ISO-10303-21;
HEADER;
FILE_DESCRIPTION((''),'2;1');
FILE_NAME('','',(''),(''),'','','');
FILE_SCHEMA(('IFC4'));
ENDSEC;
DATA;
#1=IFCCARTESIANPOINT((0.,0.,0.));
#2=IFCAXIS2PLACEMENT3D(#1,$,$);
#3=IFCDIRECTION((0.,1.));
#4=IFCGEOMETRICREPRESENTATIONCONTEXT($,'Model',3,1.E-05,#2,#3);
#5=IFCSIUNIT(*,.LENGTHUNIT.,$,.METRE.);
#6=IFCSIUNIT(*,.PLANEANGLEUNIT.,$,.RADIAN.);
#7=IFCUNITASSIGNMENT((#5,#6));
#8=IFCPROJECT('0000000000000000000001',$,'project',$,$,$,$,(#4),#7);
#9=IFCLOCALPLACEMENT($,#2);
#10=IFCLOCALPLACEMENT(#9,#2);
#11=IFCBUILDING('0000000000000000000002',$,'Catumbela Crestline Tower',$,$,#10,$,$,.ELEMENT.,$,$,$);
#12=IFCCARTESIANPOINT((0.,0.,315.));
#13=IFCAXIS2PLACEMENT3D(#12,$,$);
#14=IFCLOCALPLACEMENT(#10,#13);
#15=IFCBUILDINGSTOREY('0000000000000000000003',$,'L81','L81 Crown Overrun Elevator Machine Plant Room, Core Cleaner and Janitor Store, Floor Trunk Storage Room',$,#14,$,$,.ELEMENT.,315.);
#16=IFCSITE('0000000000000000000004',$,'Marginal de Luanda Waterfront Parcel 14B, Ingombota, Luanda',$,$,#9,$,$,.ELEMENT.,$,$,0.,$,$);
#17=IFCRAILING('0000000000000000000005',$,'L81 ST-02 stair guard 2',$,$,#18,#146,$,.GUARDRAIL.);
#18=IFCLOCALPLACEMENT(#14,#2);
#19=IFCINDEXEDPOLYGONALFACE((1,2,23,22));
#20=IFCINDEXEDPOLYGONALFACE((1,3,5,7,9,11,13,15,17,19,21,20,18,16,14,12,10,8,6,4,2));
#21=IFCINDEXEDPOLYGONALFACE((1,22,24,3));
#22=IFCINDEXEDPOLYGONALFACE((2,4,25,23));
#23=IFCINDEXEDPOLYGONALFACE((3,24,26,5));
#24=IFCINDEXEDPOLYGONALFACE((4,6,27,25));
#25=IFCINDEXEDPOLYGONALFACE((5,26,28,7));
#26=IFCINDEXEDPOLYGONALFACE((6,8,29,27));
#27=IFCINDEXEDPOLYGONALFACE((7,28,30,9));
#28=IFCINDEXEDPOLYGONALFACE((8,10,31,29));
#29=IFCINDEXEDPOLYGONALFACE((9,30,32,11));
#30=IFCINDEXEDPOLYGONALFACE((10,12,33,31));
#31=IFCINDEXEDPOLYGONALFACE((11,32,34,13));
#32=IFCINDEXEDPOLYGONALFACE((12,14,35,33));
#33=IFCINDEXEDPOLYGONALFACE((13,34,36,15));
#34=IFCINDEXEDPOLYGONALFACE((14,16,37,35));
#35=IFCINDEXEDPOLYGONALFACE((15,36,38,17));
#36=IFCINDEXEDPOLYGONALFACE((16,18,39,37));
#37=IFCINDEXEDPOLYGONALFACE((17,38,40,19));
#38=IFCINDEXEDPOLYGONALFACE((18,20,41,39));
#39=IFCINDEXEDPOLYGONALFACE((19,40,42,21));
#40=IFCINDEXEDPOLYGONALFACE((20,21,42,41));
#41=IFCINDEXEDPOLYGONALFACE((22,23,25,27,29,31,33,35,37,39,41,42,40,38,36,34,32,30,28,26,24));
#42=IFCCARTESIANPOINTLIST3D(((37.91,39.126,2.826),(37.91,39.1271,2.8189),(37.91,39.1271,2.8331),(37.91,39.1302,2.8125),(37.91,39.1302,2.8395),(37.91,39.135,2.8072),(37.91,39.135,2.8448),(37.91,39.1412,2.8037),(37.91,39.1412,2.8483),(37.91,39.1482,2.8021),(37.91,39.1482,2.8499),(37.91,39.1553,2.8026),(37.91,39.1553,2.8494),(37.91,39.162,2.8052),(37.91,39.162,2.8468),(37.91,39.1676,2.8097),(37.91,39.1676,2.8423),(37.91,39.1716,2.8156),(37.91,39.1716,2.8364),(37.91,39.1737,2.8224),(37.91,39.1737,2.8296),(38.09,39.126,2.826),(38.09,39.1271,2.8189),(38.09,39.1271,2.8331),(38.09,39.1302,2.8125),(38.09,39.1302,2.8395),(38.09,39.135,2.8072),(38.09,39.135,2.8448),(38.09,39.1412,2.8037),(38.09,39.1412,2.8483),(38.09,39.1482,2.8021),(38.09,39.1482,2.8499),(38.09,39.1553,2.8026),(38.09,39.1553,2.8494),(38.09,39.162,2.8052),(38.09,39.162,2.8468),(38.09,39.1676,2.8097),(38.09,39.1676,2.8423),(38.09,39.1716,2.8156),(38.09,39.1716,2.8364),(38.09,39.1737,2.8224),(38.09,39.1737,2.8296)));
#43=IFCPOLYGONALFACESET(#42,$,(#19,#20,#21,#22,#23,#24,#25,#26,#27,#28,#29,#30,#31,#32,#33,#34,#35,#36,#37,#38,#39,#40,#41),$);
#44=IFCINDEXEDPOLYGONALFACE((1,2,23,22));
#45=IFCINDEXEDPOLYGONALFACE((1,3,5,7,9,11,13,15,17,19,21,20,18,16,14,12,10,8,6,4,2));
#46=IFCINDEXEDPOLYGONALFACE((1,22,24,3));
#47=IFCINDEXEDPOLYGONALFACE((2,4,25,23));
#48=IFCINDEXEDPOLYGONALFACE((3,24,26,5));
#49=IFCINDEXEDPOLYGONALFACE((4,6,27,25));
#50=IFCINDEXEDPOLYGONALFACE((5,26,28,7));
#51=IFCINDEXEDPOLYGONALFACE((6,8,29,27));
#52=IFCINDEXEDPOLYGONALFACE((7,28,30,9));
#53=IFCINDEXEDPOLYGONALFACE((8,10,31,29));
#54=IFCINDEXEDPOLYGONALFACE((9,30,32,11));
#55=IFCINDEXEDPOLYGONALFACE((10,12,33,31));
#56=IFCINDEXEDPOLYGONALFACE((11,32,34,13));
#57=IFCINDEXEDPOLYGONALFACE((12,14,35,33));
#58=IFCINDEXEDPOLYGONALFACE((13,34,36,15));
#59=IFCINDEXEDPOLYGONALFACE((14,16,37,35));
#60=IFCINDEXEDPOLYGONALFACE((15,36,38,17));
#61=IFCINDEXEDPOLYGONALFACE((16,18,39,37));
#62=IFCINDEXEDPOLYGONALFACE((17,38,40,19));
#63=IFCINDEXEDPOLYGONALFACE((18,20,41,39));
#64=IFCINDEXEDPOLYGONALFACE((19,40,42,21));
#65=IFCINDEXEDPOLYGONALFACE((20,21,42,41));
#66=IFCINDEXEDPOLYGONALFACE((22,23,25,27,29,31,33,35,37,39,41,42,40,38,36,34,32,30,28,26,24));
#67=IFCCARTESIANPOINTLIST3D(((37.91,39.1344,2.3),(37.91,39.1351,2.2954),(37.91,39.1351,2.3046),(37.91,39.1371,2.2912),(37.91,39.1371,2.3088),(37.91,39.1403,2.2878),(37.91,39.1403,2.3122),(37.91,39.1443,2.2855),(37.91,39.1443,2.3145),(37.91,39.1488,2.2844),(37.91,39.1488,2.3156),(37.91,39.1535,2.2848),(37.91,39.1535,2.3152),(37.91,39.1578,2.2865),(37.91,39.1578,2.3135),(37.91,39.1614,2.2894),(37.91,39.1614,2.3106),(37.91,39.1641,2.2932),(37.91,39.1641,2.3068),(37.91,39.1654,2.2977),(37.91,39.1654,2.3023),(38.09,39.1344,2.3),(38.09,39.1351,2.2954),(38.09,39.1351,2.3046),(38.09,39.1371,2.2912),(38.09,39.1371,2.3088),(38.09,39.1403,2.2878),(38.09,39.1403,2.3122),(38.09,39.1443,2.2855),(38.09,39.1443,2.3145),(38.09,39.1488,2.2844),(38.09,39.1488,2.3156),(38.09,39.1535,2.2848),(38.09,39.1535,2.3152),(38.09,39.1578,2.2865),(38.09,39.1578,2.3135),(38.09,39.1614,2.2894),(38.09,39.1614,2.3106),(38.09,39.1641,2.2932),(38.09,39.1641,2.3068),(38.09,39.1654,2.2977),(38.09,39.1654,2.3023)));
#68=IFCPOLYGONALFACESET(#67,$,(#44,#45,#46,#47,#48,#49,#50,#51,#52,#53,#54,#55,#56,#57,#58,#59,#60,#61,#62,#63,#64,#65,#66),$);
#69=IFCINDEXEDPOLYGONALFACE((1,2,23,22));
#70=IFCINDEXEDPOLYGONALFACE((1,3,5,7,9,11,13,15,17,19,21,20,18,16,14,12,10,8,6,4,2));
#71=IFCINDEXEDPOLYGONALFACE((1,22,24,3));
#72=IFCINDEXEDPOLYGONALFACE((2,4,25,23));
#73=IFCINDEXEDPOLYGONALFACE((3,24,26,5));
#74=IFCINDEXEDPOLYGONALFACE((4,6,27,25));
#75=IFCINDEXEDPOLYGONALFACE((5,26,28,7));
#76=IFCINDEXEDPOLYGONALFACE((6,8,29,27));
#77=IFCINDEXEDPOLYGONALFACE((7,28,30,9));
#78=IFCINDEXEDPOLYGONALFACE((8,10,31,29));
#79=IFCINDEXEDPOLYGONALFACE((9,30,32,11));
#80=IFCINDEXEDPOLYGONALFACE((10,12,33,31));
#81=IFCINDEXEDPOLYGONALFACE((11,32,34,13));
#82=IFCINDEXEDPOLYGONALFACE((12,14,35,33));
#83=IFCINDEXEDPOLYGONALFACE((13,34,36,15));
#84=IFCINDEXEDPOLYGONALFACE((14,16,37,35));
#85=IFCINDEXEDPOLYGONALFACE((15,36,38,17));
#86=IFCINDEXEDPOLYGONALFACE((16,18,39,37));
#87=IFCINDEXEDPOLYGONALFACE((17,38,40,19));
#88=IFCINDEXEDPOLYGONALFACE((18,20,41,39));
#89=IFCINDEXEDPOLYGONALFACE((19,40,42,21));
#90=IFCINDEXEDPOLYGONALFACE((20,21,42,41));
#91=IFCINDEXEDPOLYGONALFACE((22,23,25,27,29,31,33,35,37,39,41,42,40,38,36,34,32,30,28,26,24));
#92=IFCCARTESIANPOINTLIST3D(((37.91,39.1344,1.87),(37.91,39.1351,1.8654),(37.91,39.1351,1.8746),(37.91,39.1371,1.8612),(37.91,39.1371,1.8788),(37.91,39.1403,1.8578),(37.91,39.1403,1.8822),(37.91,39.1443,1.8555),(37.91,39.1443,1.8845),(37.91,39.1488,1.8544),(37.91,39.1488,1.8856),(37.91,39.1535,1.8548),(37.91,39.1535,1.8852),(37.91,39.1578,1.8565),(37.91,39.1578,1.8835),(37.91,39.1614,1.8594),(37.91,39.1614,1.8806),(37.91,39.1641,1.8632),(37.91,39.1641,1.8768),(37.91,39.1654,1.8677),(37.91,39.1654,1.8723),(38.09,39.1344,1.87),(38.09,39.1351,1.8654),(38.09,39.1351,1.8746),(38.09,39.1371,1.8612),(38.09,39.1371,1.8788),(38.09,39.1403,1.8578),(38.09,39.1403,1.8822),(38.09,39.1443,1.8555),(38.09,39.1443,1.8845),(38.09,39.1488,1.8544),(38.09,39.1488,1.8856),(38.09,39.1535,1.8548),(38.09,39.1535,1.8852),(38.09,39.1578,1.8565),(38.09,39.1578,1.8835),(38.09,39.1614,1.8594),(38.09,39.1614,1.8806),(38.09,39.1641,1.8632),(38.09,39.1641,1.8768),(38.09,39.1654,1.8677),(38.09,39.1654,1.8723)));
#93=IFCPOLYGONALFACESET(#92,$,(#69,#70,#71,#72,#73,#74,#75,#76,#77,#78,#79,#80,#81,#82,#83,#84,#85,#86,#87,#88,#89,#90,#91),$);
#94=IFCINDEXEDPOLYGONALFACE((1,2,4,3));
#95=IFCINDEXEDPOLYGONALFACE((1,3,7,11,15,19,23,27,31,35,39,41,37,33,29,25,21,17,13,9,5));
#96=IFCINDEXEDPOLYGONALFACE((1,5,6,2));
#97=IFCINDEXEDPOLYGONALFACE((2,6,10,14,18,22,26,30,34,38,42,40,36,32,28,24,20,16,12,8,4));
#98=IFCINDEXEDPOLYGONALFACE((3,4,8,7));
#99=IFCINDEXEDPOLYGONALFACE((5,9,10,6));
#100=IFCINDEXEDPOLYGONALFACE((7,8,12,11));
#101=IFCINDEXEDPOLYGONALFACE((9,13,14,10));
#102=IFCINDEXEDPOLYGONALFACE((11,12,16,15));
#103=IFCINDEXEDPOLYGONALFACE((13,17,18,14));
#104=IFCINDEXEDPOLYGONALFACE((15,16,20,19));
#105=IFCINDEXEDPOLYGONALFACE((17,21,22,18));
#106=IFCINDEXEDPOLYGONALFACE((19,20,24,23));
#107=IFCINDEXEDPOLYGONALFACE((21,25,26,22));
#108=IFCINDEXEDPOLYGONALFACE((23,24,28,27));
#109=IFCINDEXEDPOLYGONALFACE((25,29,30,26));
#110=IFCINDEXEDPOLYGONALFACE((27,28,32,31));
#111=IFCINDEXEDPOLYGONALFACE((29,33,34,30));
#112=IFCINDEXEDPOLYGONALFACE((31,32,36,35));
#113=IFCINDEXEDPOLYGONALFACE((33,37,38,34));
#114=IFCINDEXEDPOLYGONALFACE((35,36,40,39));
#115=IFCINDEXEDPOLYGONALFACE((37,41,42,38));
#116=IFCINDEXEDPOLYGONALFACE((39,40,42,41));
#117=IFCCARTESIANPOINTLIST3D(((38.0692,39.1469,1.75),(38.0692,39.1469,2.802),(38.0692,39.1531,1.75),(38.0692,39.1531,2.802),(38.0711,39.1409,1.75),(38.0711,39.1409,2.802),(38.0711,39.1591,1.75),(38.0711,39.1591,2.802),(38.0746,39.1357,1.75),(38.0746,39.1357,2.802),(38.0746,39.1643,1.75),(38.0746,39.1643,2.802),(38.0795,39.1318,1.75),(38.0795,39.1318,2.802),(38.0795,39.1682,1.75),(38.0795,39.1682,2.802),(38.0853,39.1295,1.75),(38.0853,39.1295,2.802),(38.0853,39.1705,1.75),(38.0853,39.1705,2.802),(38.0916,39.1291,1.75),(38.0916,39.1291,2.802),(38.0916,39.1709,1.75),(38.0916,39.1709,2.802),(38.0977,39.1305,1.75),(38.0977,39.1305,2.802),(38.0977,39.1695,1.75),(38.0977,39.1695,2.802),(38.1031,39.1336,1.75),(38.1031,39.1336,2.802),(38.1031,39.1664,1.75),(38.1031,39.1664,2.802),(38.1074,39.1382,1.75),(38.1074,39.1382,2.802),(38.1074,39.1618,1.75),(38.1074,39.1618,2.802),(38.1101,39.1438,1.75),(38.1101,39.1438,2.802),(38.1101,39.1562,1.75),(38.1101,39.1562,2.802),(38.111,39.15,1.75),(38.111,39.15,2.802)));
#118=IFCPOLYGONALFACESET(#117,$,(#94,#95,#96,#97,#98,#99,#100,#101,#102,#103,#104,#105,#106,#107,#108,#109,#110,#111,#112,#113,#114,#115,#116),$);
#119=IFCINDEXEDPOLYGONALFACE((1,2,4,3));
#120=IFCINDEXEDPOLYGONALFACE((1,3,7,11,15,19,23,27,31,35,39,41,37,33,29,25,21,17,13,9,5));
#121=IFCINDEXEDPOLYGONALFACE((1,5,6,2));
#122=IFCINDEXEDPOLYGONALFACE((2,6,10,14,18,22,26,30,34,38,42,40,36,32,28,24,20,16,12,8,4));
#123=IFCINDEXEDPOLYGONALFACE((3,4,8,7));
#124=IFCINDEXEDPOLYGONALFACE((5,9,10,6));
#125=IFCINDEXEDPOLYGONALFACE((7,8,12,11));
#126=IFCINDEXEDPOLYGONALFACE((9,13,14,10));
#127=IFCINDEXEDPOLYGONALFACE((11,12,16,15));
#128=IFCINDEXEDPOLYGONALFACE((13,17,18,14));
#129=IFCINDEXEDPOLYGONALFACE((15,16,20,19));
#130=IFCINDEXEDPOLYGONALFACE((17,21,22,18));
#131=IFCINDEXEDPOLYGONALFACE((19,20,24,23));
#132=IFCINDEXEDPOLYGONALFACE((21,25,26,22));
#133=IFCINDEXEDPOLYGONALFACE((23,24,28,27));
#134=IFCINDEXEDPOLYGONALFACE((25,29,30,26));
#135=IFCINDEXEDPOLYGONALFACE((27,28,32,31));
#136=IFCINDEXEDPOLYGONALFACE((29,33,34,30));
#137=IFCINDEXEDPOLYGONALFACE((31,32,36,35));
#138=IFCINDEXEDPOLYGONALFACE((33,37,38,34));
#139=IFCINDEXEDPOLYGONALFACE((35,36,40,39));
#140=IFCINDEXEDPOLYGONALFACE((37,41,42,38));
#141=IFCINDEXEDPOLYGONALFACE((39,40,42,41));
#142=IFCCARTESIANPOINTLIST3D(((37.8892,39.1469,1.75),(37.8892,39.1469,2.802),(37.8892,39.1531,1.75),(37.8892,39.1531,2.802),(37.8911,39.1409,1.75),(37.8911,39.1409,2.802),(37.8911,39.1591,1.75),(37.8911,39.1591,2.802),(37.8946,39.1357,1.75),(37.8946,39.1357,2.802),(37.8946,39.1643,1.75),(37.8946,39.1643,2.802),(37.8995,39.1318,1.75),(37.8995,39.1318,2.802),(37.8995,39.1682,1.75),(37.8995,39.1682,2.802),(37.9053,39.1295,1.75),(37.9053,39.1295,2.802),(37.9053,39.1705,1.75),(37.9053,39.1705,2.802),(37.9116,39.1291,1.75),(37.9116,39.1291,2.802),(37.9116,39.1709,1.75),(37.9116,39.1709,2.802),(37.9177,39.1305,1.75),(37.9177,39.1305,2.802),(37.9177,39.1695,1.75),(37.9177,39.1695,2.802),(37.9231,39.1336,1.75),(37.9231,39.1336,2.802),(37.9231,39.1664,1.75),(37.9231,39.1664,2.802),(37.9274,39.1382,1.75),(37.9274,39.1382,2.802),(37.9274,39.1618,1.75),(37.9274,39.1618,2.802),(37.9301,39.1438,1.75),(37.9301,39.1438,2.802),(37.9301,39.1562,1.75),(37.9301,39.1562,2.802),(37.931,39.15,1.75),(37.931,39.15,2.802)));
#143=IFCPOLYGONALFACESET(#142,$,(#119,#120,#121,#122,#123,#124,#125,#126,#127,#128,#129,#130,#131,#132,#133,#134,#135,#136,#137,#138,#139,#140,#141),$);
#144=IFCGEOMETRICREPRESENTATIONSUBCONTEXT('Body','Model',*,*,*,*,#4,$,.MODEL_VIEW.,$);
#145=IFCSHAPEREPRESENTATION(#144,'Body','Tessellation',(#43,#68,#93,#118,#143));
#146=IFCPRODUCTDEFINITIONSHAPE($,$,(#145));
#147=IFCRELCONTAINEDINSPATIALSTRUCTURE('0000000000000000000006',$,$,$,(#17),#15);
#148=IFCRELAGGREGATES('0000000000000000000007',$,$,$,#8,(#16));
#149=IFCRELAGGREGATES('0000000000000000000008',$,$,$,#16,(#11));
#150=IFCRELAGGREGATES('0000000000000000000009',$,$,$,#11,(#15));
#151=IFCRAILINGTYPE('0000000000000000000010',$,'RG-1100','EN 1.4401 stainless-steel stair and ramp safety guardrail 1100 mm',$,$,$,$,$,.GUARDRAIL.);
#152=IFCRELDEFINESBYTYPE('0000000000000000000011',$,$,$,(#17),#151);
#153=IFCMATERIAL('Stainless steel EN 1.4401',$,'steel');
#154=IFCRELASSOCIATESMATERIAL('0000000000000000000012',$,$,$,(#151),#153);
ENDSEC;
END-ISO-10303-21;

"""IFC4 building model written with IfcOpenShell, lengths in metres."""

from ifc_helpers import new_model, si_unit, direction, frame, origin, origin_2d, place, context, subcontext, project, spatial, circle, extrude, material, type_object, element, save


model = new_model("IFC4")

# Units and contexts
model_context = context("Model", 3, precision=1e-05, world=origin(), true_north=direction((0.0, 1.0)))
body_context = subcontext(model_context, "Body", "Model", "MODEL_VIEW")
ifc_project = project(units=[si_unit("LENGTHUNIT", "METRE"), si_unit("PLANEANGLEUNIT", "RADIAN")], contexts=[model_context])

# Site, building, storey
site_placement = place(None, origin())
site = spatial("IfcSite", under=ifc_project, at=site_placement, Name="Marginal de Luanda Waterfront Parcel 14B, Ingombota, Luanda", CompositionType="ELEMENT", RefElevation=0.0)
building_placement = place(site_placement, origin())
building = spatial("IfcBuilding", under=site, at=building_placement, Name="Catumbela Crestline Tower", CompositionType="ELEMENT")
storey_placement = place(building_placement, frame((0.0, 0.0, 315.0)))
storey = spatial("IfcBuildingStorey", under=building, at=storey_placement, Name="L81", Description="L81 Crown Overrun Elevator Machine Plant Room, Core Cleaner and Janitor Store, Floor Trunk Storage Room", CompositionType="ELEMENT", Elevation=315.0)

# Railing
ifc_material_1 = material(Name="Stainless steel EN 1.4401", Category="steel")
railing_type_1 = type_object("IfcRailingType", Name="RG-1100", Description="EN 1.4401 stainless-steel stair and ramp safety guardrail 1100 mm", PredefinedType="GUARDRAIL", material=ifc_material_1)
railing_1_placement = place(storey_placement, frame((38.09, 39.15, 1.75)))
element("IfcRailing", 1, at=railing_1_placement, inside=storey, type_object=railing_type_1, Name="L81 ST-02 stair guard 2", PredefinedType="GUARDRAIL", context=body_context, shape_type="SweptSolid", body=[
    extrude(circle(Radius=0.024, at=origin_2d()), frame((0.0, 0.0, 1.076), z_axis=(-1.0, 0.0, 0.0), x_axis=(0.0, -1.0, 0.0)), (0.0, 0.0, 1.0), 0.18),
    extrude(circle(Radius=0.0156, at=origin_2d()), frame((0.0, 0.0, 0.55), z_axis=(-1.0, 0.0, 0.0), x_axis=(0.0, -1.0, 0.0)), (0.0, 0.0, 1.0), 0.18),
    extrude(circle(Radius=0.0156, at=origin_2d()), frame((0.0, 0.0, 0.12), z_axis=(-1.0, 0.0, 0.0), x_axis=(0.0, -1.0, 0.0)), (0.0, 0.0, 1.0), 0.18),
    extrude(circle(Radius=0.021, at=origin_2d()), origin(), (0.0, 0.0, 1.0), 1.052),
    extrude(circle(Radius=0.021, at=origin_2d()), frame((-0.18, 0.0, 0.0)), (0.0, 0.0, 1.0), 1.052),
])

save(model, "model.ifc")
